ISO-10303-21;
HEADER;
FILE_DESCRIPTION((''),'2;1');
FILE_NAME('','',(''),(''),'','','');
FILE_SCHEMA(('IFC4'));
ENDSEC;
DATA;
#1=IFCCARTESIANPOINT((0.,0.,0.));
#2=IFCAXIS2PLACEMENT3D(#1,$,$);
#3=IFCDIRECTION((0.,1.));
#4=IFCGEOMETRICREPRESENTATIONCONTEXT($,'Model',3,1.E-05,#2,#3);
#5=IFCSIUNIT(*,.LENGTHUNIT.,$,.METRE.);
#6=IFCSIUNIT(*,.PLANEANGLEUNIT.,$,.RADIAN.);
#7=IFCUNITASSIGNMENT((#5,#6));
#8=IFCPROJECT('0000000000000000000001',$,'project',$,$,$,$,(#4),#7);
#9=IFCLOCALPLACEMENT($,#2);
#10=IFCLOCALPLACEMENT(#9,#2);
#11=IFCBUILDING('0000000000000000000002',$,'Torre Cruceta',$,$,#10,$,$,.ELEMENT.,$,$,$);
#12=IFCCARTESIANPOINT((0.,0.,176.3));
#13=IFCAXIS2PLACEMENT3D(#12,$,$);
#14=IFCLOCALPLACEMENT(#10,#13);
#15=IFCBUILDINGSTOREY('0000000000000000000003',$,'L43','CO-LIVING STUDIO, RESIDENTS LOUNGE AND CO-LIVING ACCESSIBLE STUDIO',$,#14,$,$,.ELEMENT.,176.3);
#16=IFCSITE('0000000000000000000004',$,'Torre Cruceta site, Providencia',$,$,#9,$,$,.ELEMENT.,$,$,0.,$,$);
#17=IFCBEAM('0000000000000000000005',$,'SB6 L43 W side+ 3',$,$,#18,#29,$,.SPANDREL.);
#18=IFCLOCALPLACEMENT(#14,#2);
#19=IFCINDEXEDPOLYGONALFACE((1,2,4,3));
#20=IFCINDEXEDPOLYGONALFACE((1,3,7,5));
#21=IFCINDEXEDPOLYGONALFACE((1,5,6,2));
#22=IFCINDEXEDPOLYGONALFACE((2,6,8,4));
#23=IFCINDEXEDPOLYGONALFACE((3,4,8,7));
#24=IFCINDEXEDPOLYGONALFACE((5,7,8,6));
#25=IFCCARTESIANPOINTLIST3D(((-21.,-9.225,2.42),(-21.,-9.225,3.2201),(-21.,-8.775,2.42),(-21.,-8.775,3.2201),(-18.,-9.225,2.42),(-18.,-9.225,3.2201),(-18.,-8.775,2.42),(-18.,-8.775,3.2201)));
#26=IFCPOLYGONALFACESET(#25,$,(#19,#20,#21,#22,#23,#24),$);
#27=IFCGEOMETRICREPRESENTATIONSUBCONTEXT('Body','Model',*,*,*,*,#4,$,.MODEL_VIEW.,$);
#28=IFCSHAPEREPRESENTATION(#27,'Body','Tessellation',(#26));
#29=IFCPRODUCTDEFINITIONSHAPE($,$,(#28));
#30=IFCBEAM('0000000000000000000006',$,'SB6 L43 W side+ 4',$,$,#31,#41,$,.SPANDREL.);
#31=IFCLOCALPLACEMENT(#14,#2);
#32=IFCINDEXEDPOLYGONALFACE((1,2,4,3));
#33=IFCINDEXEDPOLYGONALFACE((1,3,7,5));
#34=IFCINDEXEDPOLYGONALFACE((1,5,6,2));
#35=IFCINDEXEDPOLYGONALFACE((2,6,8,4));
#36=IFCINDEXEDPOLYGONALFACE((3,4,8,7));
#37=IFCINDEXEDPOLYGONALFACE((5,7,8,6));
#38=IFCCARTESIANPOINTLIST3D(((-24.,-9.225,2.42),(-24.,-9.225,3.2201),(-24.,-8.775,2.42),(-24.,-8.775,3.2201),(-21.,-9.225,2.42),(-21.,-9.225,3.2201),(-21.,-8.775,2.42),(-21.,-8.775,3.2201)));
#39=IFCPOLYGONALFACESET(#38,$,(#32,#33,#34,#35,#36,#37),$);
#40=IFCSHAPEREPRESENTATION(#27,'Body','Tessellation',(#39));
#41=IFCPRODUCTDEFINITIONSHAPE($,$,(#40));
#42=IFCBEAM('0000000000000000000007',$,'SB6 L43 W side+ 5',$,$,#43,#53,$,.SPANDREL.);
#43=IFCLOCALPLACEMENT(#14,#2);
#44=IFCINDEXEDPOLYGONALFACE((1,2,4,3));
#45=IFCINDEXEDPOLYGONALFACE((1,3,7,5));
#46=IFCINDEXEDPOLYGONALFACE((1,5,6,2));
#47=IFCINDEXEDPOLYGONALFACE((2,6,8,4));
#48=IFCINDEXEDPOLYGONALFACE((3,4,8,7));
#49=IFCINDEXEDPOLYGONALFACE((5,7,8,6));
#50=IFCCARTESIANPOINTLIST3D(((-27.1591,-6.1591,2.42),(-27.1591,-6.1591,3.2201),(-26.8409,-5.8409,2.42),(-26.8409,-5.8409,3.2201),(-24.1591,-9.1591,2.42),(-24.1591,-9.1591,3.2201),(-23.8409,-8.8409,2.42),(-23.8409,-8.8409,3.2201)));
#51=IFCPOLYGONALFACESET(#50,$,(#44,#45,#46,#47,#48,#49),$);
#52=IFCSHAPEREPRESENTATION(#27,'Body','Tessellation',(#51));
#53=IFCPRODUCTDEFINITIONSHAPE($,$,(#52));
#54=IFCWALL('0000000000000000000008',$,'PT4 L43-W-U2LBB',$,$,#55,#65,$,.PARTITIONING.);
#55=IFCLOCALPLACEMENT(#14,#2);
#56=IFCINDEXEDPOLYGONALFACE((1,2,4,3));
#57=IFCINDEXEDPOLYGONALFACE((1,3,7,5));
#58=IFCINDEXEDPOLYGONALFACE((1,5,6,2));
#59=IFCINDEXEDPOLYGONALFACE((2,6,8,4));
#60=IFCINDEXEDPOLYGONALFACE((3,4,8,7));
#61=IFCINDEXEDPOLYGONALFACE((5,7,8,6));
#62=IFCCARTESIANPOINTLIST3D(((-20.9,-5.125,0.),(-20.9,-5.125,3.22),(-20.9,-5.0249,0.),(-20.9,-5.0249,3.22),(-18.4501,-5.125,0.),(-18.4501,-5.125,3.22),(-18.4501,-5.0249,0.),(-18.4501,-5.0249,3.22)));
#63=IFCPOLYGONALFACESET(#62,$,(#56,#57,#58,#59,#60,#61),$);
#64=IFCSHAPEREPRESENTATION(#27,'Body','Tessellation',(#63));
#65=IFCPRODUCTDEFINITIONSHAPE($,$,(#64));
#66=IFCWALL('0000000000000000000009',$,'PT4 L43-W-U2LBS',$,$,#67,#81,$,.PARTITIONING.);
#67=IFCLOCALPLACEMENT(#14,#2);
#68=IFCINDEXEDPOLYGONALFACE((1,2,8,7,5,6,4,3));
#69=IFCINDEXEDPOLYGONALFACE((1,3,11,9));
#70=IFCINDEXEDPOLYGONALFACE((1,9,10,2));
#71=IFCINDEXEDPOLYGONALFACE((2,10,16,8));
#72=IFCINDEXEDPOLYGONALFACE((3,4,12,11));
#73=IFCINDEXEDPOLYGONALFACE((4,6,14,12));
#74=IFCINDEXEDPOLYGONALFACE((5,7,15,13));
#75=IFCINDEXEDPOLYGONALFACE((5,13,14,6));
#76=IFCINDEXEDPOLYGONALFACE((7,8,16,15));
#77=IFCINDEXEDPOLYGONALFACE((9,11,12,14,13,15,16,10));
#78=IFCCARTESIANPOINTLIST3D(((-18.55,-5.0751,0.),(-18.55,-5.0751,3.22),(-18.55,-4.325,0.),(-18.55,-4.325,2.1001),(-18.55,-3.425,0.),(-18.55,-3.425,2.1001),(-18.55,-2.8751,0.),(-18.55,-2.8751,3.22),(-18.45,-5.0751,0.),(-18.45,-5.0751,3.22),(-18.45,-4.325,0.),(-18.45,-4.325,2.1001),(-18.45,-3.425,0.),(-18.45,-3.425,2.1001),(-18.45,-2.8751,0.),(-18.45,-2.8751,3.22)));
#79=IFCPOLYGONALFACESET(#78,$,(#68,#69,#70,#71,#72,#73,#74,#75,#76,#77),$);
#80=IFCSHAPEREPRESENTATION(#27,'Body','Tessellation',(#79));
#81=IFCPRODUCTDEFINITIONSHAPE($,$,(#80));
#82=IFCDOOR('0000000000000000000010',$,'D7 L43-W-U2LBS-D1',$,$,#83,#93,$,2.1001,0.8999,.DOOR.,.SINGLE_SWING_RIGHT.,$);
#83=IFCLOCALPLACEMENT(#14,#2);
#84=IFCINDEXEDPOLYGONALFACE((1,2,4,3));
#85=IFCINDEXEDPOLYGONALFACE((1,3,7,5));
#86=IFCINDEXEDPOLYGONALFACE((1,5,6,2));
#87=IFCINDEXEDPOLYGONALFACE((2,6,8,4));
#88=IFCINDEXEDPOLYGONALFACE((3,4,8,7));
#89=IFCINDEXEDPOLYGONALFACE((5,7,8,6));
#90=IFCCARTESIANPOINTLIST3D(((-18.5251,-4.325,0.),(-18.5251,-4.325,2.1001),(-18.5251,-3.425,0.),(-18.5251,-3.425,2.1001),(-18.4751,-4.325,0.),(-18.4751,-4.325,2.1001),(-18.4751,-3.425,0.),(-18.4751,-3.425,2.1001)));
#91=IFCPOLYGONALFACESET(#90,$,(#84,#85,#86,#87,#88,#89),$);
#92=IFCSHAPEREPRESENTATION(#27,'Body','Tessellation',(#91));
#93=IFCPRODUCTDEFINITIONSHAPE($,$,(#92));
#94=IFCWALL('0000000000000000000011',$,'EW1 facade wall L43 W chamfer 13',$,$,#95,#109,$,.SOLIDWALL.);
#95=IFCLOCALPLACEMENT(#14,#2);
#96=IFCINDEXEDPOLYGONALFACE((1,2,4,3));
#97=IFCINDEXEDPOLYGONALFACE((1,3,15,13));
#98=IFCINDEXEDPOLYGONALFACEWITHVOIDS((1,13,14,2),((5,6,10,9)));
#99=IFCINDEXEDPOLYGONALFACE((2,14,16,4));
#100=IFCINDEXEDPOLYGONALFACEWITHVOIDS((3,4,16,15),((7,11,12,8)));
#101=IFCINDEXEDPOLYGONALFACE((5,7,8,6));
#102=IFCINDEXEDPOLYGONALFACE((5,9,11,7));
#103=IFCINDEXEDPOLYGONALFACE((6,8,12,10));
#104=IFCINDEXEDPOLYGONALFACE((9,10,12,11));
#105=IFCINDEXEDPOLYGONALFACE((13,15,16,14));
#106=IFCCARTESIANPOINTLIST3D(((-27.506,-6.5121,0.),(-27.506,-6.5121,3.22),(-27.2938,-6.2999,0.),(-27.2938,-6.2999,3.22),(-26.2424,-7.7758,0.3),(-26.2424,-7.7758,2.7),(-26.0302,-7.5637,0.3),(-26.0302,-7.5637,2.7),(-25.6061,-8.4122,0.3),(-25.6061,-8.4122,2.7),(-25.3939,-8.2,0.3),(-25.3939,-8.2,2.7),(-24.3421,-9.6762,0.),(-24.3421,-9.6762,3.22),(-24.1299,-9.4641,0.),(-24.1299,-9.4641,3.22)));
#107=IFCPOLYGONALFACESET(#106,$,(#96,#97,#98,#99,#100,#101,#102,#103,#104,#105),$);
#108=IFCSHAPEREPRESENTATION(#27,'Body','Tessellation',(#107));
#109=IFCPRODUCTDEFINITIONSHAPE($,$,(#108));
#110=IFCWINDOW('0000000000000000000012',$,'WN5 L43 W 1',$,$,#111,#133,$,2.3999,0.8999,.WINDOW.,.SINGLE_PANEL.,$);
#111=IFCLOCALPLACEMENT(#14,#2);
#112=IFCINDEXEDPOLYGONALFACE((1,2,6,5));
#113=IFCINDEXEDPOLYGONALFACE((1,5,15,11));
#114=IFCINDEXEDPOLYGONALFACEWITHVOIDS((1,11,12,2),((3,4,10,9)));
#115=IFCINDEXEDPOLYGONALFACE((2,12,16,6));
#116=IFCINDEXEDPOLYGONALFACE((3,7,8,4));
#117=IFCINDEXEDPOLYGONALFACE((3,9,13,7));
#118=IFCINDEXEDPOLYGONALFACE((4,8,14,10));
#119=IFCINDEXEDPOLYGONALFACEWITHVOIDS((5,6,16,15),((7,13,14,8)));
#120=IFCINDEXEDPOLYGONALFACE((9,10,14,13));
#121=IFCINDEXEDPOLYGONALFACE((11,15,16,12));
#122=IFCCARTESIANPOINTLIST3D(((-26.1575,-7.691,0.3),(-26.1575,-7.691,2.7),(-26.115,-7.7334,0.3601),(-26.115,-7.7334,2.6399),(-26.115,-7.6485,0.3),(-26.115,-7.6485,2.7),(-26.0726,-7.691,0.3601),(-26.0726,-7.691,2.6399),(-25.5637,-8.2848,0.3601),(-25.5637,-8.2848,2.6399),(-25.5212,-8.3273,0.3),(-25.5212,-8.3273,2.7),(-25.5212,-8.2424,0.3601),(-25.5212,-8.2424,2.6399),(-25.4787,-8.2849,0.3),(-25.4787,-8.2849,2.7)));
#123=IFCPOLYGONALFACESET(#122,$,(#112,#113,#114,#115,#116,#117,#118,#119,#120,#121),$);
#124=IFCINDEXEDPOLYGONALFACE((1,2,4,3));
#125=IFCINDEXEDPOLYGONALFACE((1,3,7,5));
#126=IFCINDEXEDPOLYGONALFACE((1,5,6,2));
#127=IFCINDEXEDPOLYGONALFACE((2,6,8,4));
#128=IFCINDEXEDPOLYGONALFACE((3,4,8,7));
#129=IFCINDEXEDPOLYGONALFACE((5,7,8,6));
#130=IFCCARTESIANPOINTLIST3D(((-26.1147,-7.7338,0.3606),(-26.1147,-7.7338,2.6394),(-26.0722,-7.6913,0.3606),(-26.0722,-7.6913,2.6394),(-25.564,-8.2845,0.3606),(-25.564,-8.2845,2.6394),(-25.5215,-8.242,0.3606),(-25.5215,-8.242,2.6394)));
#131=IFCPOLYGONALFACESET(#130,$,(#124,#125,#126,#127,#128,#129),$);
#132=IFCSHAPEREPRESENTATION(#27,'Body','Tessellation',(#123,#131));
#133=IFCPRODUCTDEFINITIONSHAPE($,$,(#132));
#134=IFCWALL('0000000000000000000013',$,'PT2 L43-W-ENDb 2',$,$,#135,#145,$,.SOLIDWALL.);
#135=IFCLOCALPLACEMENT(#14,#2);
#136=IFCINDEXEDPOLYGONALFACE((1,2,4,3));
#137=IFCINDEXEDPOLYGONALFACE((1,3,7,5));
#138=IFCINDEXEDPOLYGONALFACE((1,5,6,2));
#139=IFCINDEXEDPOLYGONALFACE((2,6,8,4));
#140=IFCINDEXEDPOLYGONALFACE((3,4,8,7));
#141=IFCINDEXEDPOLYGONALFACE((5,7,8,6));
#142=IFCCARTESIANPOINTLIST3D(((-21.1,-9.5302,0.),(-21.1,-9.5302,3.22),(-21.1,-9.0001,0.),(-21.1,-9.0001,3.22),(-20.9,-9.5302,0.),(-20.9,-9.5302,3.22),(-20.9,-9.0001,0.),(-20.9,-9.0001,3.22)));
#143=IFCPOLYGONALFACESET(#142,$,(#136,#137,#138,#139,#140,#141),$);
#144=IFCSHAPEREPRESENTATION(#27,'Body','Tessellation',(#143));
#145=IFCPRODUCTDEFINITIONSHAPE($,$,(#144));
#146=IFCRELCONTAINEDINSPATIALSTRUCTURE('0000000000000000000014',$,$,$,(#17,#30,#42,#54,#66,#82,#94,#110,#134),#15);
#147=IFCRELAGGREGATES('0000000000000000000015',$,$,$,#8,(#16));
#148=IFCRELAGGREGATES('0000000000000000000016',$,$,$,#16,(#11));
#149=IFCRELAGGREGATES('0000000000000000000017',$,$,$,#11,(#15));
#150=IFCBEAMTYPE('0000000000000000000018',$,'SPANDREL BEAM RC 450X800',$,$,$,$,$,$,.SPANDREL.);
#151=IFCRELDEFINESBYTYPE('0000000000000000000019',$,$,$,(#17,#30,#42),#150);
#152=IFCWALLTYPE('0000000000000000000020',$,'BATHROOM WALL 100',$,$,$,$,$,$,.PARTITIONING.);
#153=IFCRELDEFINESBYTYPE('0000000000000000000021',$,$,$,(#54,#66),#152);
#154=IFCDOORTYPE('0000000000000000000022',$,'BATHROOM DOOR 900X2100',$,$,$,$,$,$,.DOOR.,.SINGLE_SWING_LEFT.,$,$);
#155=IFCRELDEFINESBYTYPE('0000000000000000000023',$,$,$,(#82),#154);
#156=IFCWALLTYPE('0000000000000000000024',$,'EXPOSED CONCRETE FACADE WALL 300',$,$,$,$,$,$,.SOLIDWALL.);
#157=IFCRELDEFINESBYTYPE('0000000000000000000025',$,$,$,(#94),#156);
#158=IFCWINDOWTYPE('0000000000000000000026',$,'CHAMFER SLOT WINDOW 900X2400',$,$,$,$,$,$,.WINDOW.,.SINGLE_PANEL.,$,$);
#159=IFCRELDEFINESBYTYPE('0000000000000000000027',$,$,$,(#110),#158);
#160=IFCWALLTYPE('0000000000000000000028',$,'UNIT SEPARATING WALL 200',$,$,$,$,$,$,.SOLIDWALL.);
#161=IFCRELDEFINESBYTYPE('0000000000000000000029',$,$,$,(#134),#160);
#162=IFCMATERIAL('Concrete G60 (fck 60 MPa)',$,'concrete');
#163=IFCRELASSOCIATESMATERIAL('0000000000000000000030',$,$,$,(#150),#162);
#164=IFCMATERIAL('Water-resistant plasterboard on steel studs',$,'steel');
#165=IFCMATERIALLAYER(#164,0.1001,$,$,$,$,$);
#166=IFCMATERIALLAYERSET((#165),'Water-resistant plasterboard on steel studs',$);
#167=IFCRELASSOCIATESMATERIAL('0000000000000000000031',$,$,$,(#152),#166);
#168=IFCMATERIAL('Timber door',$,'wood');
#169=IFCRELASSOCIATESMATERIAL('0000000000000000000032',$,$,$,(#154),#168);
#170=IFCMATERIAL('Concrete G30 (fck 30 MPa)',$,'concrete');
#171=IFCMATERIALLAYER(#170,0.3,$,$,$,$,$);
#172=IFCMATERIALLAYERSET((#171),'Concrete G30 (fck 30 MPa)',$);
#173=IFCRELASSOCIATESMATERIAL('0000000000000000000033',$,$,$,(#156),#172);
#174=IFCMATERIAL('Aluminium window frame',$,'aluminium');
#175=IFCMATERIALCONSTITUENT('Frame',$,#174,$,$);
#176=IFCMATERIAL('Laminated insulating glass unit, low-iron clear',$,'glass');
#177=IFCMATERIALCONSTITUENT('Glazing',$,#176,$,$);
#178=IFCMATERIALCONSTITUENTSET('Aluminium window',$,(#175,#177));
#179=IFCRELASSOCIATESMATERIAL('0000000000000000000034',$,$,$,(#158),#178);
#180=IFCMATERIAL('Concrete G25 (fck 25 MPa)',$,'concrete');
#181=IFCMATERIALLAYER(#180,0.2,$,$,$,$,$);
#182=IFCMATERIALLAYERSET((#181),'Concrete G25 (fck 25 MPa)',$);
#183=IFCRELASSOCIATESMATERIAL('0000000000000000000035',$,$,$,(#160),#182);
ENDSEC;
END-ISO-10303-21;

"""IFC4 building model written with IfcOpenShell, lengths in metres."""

from ifc_helpers import new_model, si_unit, direction, frame, frame_2d, origin, origin_2d, place, context, subcontext, project, spatial, rectangle, hollow_rectangle, extrude, material, layer, layer_set, constituent, constituent_set, material_profile, profile_set, type_object, element, fill, save


model = new_model("IFC4")

# Units and contexts
model_context = context("Model", 3, precision=1e-05, world=origin(), true_north=direction((0.0, 1.0)))
body_context = subcontext(model_context, "Body", "Model", "MODEL_VIEW")
ifc_project = project(units=[si_unit("LENGTHUNIT", "METRE"), si_unit("PLANEANGLEUNIT", "RADIAN")], contexts=[model_context])

# Site, building, storey
site_placement = place(None, origin())
site = spatial("IfcSite", under=ifc_project, at=site_placement, Name="Torre Cruceta site, Providencia", CompositionType="ELEMENT", RefElevation=0.0)
building_placement = place(site_placement, origin())
building = spatial("IfcBuilding", under=site, at=building_placement, Name="Torre Cruceta", CompositionType="ELEMENT")
storey_placement = place(building_placement, frame((0.0, 0.0, 176.3)))
storey = spatial("IfcBuildingStorey", under=building, at=storey_placement, Name="L43", Description="CO-LIVING STUDIO, RESIDENTS LOUNGE AND CO-LIVING ACCESSIBLE STUDIO", CompositionType="ELEMENT", Elevation=176.3)

# Beams
ifc_material_1 = material(Name="Concrete G60 (fck 60 MPa)", Category="concrete")
ifc_material_profile_1 = material_profile(ifc_material_1, rectangle(XDim=0.45, YDim=0.8, at=origin_2d()), Name="RC 450X800")
ifc_profile_set_1 = profile_set([ifc_material_profile_1], Name="Concrete G60 (fck 60 MPa)")
beam_type_1 = type_object("IfcBeamType", Name="SPANDREL BEAM RC 450X800", PredefinedType="SPANDREL", material=ifc_profile_set_1)
for number, where, z_axis, x_axis, name in (
    (1, (-18.0, -9.0, 2.8201), (-1.0, 0.0, 0.0), (0.0, -1.0, 0.0), "SB6 L43 W side+ 3"),
    (2, (-21.0, -9.0, 2.8201), (-1.0, 0.0, 0.0), (0.0, -1.0, 0.0), "SB6 L43 W side+ 4"),
):
    element("IfcBeam", number, at=place(storey_placement, frame(where, z_axis=z_axis, x_axis=x_axis)), inside=storey, type_object=beam_type_1, Name=name, PredefinedType="SPANDREL", context=body_context, shape_type="SweptSolid", body=[
        extrude(rectangle(XDim=0.45, YDim=0.8, at=origin_2d()), origin(), (0.0, 0.0, 1.0), 3.0),
    ])
beam_1_placement = place(storey_placement, frame((-24.0, -9.0, 2.8201), z_axis=(-0.707107, 0.707107, 0.0), x_axis=(-0.707107, -0.707107, 0.0)))
element("IfcBeam", 3, at=beam_1_placement, inside=storey, type_object=beam_type_1, Name="SB6 L43 W side+ 5", PredefinedType="SPANDREL", context=body_context, shape_type="SweptSolid", body=[
    extrude(rectangle(XDim=0.45, YDim=0.8, at=origin_2d()), origin(), (0.0, 0.0, 1.0), 4.2427),
])

# Wall
ifc_material_2 = material(Name="Water-resistant plasterboard on steel studs", Category="steel")
ifc_layer_1 = layer(ifc_material_2, 0.1001)
ifc_layer_set_1 = layer_set([ifc_layer_1], Name="Water-resistant plasterboard on steel studs")
wall_type_1 = type_object("IfcWallType", Name="BATHROOM WALL 100", PredefinedType="PARTITIONING", material=ifc_layer_set_1)
wall_1_placement = place(storey_placement, frame((-18.45, -5.075, 0.0), z_axis=(0.0, 0.0, 1.0), x_axis=(-1.0, 0.0, 0.0)))
element("IfcWall", 4, at=wall_1_placement, inside=storey, type_object=wall_type_1, Name="PT4 L43-W-U2LBB", PredefinedType="PARTITIONING", context=body_context, shape_type="SweptSolid", body=[
    extrude(rectangle(XDim=2.45, YDim=0.1001, at=frame_2d((1.2251, 0.0))), origin(), (0.0, 0.0, 1.0), 3.22),
])

# Wall, opening, door
wall_2_placement = place(storey_placement, frame((-18.5, -2.875, 0.0), z_axis=(0.0, 0.0, 1.0), x_axis=(0.0, -1.0, 0.0)))
wall_2 = element("IfcWall", 5, at=wall_2_placement, inside=storey, type_object=wall_type_1, Name="PT4 L43-W-U2LBS", PredefinedType="PARTITIONING", context=body_context, shape_type="SweptSolid", body=[
    extrude(rectangle(XDim=2.2, YDim=0.1001, at=frame_2d((1.1001, 0.0))), origin(), (0.0, 0.0, 1.0), 3.22),
])
opening_1_placement = place(wall_2_placement, frame((0.55, 0.0, 0.0)))
opening_1 = element("IfcOpeningElement", 6, at=opening_1_placement, cuts=wall_2, PredefinedType="OPENING", context=body_context, shape_type="SweptSolid", body=[
    extrude(rectangle(XDim=0.8999, YDim=2.1001, at=frame_2d((0.45, 1.05))), frame((0.0, 0.0601, 0.0), z_axis=(0.0, -1.0, 0.0), x_axis=(1.0, 0.0, 0.0)), (0.0, 0.0, 1.0), 0.1201),
])
ifc_material_3 = material(Name="Timber door", Category="wood")
door_type_1 = type_object("IfcDoorType", Name="BATHROOM DOOR 900X2100", OperationType="SINGLE_SWING_LEFT", PredefinedType="DOOR", material=ifc_material_3)
door_1_placement = place(opening_1_placement, frame((0.8999, 0.0, 0.0), z_axis=(0.0, 0.0, 1.0), x_axis=(-1.0, 0.0, 0.0)))
door_1 = element("IfcDoor", 7, at=door_1_placement, inside=storey, type_object=door_type_1, Name="D7 L43-W-U2LBS-D1", OperationType="SINGLE_SWING_RIGHT", OverallHeight=2.1001, OverallWidth=0.8999, PredefinedType="DOOR", context=body_context, shape_type="SweptSolid", body=[
    extrude(rectangle(XDim=0.8999, YDim=2.1001, at=frame_2d((0.45, 1.05))), frame((0.0, 0.0251, 0.0), z_axis=(0.0, -1.0, 0.0), x_axis=(1.0, 0.0, 0.0)), (0.0, 0.0, 1.0), 0.05),
])
fill(opening_1, door_1)

# Wall, opening, window
ifc_material_4 = material(Name="Concrete G30 (fck 30 MPa)", Category="concrete")
ifc_layer_2 = layer(ifc_material_4, 0.3)
ifc_layer_set_2 = layer_set([ifc_layer_2], Name="Concrete G30 (fck 30 MPa)")
wall_type_2 = type_object("IfcWallType", Name="EXPOSED CONCRETE FACADE WALL 300", PredefinedType="SOLIDWALL", material=ifc_layer_set_2)
wall_3_placement = place(storey_placement, frame((-27.3999, -6.406, 0.0), z_axis=(0.0, 0.0, 1.0), x_axis=(0.707079, -0.707134, 0.0)))
wall_3 = element("IfcWall", 8, at=wall_3_placement, inside=storey, type_object=wall_type_2, Name="EW1 facade wall L43 W chamfer 13", PredefinedType="SOLIDWALL", context=body_context, shape_type="SweptSolid", body=[
    extrude(rectangle(XDim=4.4746, YDim=0.3, at=frame_2d((2.2373, 0.0))), origin(), (0.0, 0.0, 1.0), 3.22),
])
opening_2_placement = place(wall_3_placement, frame((1.7871, 0.0, 0.3)))
opening_2 = element("IfcOpeningElement", 9, at=opening_2_placement, cuts=wall_3, PredefinedType="OPENING", context=body_context, shape_type="SweptSolid", body=[
    extrude(rectangle(XDim=0.8999, YDim=2.3999, at=frame_2d((0.45, 1.2))), frame((0.0, 0.1599, 0.0), z_axis=(0.0, -1.0, 0.0), x_axis=(1.0, 0.0, 0.0)), (0.0, 0.0, 1.0), 0.3201),
])
ifc_material_5 = material(Name="Aluminium window frame", Category="aluminium")
ifc_constituent_1 = constituent(ifc_material_5, Name="Frame")
ifc_material_6 = material(Name="Laminated insulating glass unit, low-iron clear", Category="glass")
ifc_constituent_2 = constituent(ifc_material_6, Name="Glazing")
ifc_constituent_set_1 = constituent_set(constituents=[ifc_constituent_1, ifc_constituent_2], Name="Aluminium window")
window_type = type_object("IfcWindowType", Name="CHAMFER SLOT WINDOW 900X2400", PartitioningType="SINGLE_PANEL", PredefinedType="WINDOW", material=ifc_constituent_set_1)
window_placement = place(opening_2_placement, origin())
window = element("IfcWindow", 10, at=window_placement, inside=storey, type_object=window_type, Name="WN5 L43 W 1", OverallHeight=2.3999, OverallWidth=0.8999, PartitioningType="SINGLE_PANEL", PredefinedType="WINDOW", context=body_context, shape_type="SweptSolid", body=[
    extrude(hollow_rectangle(XDim=0.8999, YDim=2.3999, WallThickness=0.0601, at=frame_2d((0.45, 1.2))), frame((0.0, 0.03, 0.0), z_axis=(0.0, -1.0, 0.0), x_axis=(1.0, 0.0, 0.0)), (0.0, 0.0, 1.0), 0.0601),
    extrude(rectangle(XDim=0.7788, YDim=2.2788, at=frame_2d((0.45, 1.2))), frame((0.0, 0.03, 0.0), z_axis=(0.0, -1.0, 0.0), x_axis=(1.0, 0.0, 0.0)), (0.0, 0.0, 1.0), 0.0601),
])
fill(opening_2, window)

# Wall
ifc_material_7 = material(Name="Concrete G25 (fck 25 MPa)", Category="concrete")
ifc_layer_3 = layer(ifc_material_7, 0.2)
ifc_layer_set_3 = layer_set([ifc_layer_3], Name="Concrete G25 (fck 25 MPa)")
wall_type_3 = type_object("IfcWallType", Name="UNIT SEPARATING WALL 200", PredefinedType="SOLIDWALL", material=ifc_layer_set_3)
wall_4_placement = place(storey_placement, frame((-21.0, -9.0, 0.0), z_axis=(0.0, 0.0, 1.0), x_axis=(0.0, -1.0, 0.0)))
element("IfcWall", 11, at=wall_4_placement, inside=storey, type_object=wall_type_3, Name="PT2 L43-W-ENDb 2", PredefinedType="SOLIDWALL", context=body_context, shape_type="SweptSolid", body=[
    extrude(rectangle(XDim=0.53, YDim=0.2, at=frame_2d((0.2651, 0.0))), origin(), (0.0, 0.0, 1.0), 3.22),
])

save(model, "model.ifc")
